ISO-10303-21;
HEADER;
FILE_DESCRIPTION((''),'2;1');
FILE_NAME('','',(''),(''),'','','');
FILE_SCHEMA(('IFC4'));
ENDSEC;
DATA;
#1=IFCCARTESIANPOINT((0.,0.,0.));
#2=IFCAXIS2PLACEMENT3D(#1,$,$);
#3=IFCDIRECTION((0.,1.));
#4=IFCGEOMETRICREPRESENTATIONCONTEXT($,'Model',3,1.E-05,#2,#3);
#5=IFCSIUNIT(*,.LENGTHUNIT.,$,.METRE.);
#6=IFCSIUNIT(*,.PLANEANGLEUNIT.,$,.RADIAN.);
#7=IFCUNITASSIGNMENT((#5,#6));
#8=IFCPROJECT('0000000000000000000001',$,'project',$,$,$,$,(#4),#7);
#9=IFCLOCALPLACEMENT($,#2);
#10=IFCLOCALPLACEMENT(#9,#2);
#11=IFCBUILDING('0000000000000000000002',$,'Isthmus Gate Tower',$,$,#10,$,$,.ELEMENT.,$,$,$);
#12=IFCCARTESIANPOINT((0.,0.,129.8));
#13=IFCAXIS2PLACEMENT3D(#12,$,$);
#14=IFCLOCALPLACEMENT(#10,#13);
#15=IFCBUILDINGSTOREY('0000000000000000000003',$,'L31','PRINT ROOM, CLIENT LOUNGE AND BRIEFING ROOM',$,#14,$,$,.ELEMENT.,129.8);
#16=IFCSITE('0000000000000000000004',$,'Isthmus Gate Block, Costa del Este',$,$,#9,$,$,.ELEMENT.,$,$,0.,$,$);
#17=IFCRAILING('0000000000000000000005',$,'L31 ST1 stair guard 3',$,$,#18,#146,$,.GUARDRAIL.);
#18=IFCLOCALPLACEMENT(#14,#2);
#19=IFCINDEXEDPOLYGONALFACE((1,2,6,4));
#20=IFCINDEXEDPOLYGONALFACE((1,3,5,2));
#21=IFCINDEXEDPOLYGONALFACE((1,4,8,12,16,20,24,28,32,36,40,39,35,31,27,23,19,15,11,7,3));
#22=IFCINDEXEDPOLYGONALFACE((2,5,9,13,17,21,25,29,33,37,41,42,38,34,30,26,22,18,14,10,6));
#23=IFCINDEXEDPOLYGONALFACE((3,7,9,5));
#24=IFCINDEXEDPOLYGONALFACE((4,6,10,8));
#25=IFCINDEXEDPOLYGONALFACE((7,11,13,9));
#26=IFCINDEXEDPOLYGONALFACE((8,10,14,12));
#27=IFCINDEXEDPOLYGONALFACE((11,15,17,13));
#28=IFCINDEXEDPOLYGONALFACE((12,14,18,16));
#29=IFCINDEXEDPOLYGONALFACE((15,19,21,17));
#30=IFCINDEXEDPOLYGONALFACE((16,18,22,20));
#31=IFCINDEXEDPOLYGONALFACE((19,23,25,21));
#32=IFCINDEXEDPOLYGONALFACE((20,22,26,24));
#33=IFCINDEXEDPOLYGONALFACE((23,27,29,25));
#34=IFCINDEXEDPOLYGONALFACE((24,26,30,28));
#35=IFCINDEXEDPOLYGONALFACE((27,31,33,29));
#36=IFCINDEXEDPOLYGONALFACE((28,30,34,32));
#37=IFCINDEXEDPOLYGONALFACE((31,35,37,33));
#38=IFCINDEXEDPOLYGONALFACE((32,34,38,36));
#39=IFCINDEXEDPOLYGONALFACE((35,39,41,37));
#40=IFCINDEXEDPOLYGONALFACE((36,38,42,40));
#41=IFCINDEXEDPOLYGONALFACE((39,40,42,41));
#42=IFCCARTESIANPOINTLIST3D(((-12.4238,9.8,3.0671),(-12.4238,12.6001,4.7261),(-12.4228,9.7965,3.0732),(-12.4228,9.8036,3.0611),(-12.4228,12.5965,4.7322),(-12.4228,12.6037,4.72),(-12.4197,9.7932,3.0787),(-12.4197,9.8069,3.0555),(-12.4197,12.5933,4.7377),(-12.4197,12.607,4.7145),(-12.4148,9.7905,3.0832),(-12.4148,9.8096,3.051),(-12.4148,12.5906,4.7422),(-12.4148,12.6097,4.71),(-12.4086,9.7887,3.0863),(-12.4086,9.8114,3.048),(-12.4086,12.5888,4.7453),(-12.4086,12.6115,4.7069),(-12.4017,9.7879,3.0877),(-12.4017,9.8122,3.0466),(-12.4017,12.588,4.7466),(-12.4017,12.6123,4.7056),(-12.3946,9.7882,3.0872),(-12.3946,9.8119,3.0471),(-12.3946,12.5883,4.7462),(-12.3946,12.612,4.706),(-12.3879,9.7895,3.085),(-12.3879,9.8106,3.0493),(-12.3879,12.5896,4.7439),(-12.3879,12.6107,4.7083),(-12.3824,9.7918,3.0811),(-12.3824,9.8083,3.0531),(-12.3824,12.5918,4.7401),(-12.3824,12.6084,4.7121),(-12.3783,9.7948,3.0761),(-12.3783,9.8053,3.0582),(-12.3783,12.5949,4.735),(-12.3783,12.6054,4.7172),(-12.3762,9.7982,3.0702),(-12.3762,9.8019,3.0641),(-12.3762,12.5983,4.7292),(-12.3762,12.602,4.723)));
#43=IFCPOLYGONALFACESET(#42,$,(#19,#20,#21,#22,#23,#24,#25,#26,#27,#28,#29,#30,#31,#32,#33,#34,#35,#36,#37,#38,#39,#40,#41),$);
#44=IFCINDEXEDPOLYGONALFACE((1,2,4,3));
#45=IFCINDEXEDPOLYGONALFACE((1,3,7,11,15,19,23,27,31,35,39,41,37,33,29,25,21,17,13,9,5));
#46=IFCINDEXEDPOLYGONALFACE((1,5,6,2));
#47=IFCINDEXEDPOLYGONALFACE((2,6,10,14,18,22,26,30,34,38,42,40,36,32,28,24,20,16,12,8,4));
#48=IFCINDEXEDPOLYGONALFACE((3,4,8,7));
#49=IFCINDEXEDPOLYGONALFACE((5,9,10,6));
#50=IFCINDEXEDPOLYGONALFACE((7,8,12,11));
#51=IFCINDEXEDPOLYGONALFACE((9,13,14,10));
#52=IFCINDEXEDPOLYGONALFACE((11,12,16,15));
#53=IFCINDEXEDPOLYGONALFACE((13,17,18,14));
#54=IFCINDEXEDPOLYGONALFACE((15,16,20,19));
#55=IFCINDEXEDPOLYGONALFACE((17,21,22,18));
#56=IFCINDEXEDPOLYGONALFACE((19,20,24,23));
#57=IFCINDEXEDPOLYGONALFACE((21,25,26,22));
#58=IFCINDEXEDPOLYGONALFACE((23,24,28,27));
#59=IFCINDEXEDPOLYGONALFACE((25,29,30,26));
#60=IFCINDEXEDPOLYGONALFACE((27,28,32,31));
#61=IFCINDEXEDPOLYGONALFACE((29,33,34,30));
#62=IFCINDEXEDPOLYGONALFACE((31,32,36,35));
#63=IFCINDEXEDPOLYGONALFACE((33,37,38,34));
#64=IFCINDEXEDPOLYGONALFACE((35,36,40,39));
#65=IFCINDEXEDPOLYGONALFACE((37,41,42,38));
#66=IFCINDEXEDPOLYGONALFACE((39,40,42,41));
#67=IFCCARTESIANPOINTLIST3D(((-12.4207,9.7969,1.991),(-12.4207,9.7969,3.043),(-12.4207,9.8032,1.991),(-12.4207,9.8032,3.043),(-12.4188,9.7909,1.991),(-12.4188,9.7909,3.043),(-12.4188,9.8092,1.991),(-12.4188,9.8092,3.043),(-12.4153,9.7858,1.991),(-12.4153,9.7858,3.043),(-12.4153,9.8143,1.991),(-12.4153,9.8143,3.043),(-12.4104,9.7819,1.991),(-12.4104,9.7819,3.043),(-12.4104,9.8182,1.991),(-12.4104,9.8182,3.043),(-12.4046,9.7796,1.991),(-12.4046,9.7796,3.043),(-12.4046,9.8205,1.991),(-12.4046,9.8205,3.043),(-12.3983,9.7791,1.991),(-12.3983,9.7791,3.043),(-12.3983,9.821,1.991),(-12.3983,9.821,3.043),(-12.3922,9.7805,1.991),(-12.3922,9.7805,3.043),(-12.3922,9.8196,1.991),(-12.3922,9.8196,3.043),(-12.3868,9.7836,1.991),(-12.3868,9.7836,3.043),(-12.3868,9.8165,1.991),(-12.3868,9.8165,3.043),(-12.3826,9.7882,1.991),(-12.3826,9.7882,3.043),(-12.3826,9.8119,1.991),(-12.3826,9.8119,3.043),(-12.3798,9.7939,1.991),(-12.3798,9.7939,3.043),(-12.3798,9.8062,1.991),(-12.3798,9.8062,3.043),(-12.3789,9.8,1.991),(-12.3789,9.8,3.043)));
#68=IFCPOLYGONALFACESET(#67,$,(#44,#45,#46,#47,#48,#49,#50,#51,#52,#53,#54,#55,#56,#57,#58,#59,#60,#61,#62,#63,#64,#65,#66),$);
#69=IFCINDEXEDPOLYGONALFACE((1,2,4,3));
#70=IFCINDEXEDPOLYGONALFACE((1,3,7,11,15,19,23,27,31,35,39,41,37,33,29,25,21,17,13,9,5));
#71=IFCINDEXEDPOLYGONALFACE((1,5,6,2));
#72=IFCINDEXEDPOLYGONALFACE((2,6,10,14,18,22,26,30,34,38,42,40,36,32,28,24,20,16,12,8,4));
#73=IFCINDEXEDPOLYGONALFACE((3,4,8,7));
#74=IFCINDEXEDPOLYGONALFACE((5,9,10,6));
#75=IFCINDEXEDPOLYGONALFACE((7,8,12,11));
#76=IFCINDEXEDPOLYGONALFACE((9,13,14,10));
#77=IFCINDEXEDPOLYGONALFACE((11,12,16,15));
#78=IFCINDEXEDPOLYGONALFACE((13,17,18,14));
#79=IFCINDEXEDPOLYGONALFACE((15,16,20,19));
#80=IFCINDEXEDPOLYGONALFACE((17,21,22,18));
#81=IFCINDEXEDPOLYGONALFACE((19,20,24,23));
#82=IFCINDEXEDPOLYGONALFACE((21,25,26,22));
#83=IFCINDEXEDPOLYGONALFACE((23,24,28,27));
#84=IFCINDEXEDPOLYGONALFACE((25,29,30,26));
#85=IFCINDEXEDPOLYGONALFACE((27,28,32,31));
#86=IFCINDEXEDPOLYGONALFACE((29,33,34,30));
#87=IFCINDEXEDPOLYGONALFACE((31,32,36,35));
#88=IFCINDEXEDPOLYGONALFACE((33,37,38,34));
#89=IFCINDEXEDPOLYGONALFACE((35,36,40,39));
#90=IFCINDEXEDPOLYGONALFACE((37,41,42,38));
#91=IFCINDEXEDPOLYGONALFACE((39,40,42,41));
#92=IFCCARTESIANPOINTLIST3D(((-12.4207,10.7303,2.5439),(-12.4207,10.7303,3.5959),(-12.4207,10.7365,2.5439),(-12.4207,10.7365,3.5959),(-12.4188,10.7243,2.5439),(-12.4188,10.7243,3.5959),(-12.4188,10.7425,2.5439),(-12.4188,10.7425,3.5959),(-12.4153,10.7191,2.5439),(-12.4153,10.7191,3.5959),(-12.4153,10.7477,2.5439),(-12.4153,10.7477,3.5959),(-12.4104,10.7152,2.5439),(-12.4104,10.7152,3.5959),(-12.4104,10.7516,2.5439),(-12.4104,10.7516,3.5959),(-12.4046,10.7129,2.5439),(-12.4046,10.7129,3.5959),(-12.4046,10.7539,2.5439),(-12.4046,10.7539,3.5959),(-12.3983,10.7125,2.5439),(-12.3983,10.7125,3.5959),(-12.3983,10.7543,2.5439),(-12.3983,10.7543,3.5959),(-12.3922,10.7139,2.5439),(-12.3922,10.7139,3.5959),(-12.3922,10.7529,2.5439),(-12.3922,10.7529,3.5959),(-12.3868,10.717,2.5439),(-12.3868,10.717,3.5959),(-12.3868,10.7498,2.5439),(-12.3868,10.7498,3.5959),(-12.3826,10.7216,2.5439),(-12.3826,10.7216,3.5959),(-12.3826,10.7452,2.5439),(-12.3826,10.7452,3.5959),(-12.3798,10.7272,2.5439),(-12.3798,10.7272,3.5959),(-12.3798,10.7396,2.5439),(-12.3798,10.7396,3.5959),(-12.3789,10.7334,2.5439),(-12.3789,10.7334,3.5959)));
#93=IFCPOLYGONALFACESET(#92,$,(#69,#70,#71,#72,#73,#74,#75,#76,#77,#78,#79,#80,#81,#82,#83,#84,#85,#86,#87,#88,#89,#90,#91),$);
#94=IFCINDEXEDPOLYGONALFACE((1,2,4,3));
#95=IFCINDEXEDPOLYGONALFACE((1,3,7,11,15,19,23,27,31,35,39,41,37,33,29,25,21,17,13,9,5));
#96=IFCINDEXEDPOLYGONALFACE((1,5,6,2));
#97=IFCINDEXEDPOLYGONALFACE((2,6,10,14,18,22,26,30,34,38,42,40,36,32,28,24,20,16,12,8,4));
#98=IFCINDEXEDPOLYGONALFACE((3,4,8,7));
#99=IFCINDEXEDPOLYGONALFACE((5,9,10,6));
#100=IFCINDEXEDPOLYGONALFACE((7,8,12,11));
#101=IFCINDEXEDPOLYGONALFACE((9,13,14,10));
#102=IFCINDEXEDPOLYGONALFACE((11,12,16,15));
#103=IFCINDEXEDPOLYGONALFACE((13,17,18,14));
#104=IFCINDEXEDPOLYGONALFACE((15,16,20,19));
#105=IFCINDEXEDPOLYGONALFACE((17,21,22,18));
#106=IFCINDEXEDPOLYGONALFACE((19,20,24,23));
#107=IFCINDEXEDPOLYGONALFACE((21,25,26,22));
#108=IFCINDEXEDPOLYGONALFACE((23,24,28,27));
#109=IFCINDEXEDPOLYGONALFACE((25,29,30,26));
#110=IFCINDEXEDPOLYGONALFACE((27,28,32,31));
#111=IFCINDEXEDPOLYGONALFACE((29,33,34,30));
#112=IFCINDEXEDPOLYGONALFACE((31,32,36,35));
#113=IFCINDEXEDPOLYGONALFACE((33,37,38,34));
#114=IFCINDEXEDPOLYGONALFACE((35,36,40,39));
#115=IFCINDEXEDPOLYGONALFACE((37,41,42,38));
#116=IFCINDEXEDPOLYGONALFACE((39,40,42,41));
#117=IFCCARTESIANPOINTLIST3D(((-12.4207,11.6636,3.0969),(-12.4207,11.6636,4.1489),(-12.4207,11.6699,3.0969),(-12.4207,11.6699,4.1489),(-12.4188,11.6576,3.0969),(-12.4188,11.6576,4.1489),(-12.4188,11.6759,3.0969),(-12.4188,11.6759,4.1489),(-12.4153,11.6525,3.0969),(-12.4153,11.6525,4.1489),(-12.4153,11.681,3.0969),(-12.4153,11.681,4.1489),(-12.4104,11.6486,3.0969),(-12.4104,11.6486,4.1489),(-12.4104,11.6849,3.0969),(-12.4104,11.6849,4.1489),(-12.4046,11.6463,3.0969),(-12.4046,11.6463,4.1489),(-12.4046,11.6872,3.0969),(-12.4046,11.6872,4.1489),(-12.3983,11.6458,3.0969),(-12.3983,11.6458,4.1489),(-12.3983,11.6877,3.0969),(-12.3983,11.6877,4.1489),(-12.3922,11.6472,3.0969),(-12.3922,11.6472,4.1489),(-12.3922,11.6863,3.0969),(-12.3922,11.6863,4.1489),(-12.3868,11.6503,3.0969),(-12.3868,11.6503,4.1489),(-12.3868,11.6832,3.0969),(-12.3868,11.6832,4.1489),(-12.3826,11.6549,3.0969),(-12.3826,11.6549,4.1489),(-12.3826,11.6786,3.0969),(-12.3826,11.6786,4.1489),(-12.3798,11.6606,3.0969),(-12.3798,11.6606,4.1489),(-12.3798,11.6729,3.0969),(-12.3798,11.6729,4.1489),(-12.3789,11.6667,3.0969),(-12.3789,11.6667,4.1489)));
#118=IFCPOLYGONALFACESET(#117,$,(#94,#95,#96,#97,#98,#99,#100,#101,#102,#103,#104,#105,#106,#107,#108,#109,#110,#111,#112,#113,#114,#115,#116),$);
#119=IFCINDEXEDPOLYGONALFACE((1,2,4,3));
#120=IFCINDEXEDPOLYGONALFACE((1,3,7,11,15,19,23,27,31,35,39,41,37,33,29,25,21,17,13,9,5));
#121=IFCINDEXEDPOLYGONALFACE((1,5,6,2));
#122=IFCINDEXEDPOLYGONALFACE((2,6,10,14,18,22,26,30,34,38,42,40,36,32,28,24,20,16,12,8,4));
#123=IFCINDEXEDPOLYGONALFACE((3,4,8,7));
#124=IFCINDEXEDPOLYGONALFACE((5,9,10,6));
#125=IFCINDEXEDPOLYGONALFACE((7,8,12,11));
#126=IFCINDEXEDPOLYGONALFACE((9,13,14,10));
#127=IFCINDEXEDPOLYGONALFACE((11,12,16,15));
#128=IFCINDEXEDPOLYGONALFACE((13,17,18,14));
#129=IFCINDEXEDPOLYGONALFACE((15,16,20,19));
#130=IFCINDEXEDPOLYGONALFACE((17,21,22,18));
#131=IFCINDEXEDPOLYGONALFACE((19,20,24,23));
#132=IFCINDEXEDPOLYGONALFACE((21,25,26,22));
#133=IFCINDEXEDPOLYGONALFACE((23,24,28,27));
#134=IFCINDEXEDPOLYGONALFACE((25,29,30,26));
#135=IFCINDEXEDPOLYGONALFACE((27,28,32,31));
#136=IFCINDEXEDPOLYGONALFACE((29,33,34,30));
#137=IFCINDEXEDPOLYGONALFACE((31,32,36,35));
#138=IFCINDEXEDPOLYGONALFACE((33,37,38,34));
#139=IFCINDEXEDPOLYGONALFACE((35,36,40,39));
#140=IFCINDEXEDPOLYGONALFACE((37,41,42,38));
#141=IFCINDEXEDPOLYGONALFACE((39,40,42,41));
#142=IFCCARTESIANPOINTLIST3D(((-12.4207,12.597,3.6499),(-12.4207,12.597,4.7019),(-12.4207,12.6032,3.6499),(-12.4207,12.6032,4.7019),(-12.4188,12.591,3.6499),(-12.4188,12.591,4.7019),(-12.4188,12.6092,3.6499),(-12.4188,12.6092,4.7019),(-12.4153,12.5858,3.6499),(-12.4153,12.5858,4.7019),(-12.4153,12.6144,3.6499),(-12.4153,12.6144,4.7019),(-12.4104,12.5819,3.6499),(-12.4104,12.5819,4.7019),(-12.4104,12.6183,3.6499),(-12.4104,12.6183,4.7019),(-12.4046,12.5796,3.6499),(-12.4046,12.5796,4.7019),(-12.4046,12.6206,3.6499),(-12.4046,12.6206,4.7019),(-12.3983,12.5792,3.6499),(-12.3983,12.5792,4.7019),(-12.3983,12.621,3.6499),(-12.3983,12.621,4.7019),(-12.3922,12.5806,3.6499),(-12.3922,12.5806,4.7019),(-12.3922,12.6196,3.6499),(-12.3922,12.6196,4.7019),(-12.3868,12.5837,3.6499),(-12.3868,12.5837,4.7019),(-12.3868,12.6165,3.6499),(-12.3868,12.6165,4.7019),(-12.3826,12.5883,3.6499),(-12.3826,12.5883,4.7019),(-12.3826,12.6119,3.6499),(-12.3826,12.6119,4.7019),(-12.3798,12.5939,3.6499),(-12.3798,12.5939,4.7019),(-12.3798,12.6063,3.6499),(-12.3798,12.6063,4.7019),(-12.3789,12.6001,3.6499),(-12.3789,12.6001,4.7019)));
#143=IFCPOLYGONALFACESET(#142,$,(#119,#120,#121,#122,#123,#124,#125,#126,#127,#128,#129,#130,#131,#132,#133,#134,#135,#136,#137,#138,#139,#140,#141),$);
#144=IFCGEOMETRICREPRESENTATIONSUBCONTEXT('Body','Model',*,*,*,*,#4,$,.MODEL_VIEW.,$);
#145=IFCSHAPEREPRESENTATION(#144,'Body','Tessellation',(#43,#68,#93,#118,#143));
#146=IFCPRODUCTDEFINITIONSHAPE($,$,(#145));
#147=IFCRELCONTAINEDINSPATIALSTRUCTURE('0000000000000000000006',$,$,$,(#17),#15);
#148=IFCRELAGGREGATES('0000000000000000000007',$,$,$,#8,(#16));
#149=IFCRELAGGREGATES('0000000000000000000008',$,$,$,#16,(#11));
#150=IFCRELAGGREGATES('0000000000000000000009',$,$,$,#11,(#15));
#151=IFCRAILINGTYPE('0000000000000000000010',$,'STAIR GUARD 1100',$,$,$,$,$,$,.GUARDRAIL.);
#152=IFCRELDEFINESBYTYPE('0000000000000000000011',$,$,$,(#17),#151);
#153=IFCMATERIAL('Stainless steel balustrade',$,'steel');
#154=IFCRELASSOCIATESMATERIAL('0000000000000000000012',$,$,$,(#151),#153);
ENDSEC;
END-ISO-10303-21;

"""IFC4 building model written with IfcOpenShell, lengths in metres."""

from ifc_helpers import new_model, si_unit, direction, frame, origin, origin_2d, place, context, subcontext, project, spatial, circle, extrude, material, type_object, element, save


model = new_model("IFC4")

# Units and contexts
model_context = context("Model", 3, precision=1e-05, world=origin(), true_north=direction((0.0, 1.0)))
body_context = subcontext(model_context, "Body", "Model", "MODEL_VIEW")
ifc_project = project(units=[si_unit("LENGTHUNIT", "METRE"), si_unit("PLANEANGLEUNIT", "RADIAN")], contexts=[model_context])

# Site, building, storey
site_placement = place(None, origin())
site = spatial("IfcSite", under=ifc_project, at=site_placement, Name="Isthmus Gate Block, Costa del Este", CompositionType="ELEMENT", RefElevation=0.0)
building_placement = place(site_placement, origin())
building = spatial("IfcBuilding", under=site, at=building_placement, Name="Isthmus Gate Tower", CompositionType="ELEMENT")
storey_placement = place(building_placement, frame((0.0, 0.0, 129.8)))
storey = spatial("IfcBuildingStorey", under=building, at=storey_placement, Name="L31", Description="PRINT ROOM, CLIENT LOUNGE AND BRIEFING ROOM", CompositionType="ELEMENT", Elevation=129.8)

# Railing
ifc_material_1 = material(Name="Stainless steel balustrade", Category="steel")
railing_type_1 = type_object("IfcRailingType", Name="STAIR GUARD 1100", PredefinedType="GUARDRAIL", material=ifc_material_1)
railing_1_placement = place(storey_placement, frame((-12.3999, 9.8, 1.991)))
element("IfcRailing", 1, at=railing_1_placement, inside=storey, type_object=railing_type_1, Name="L31 ST1 stair guard 3", PredefinedType="GUARDRAIL", context=body_context, shape_type="SweptSolid", body=[
    extrude(circle(Radius=0.0239, at=origin_2d()), frame((0.0, 0.0, 1.0762), z_axis=(0.0, 0.860339, 0.509722), x_axis=(-1.0, 0.0, 0.0)), (0.0, 0.0, 1.0), 3.2546),
    extrude(circle(Radius=0.021, at=origin_2d()), origin(), (0.0, 0.0, 1.0), 1.052),
    extrude(circle(Radius=0.021, at=origin_2d()), frame((0.0, 0.9333, 0.553)), (0.0, 0.0, 1.0), 1.052),
    extrude(circle(Radius=0.021, at=origin_2d()), frame((0.0, 1.8667, 1.106)), (0.0, 0.0, 1.0), 1.052),
    extrude(circle(Radius=0.021, at=origin_2d()), frame((0.0, 2.8, 1.6589)), (0.0, 0.0, 1.0), 1.052),
])

save(model, "model.ifc")
